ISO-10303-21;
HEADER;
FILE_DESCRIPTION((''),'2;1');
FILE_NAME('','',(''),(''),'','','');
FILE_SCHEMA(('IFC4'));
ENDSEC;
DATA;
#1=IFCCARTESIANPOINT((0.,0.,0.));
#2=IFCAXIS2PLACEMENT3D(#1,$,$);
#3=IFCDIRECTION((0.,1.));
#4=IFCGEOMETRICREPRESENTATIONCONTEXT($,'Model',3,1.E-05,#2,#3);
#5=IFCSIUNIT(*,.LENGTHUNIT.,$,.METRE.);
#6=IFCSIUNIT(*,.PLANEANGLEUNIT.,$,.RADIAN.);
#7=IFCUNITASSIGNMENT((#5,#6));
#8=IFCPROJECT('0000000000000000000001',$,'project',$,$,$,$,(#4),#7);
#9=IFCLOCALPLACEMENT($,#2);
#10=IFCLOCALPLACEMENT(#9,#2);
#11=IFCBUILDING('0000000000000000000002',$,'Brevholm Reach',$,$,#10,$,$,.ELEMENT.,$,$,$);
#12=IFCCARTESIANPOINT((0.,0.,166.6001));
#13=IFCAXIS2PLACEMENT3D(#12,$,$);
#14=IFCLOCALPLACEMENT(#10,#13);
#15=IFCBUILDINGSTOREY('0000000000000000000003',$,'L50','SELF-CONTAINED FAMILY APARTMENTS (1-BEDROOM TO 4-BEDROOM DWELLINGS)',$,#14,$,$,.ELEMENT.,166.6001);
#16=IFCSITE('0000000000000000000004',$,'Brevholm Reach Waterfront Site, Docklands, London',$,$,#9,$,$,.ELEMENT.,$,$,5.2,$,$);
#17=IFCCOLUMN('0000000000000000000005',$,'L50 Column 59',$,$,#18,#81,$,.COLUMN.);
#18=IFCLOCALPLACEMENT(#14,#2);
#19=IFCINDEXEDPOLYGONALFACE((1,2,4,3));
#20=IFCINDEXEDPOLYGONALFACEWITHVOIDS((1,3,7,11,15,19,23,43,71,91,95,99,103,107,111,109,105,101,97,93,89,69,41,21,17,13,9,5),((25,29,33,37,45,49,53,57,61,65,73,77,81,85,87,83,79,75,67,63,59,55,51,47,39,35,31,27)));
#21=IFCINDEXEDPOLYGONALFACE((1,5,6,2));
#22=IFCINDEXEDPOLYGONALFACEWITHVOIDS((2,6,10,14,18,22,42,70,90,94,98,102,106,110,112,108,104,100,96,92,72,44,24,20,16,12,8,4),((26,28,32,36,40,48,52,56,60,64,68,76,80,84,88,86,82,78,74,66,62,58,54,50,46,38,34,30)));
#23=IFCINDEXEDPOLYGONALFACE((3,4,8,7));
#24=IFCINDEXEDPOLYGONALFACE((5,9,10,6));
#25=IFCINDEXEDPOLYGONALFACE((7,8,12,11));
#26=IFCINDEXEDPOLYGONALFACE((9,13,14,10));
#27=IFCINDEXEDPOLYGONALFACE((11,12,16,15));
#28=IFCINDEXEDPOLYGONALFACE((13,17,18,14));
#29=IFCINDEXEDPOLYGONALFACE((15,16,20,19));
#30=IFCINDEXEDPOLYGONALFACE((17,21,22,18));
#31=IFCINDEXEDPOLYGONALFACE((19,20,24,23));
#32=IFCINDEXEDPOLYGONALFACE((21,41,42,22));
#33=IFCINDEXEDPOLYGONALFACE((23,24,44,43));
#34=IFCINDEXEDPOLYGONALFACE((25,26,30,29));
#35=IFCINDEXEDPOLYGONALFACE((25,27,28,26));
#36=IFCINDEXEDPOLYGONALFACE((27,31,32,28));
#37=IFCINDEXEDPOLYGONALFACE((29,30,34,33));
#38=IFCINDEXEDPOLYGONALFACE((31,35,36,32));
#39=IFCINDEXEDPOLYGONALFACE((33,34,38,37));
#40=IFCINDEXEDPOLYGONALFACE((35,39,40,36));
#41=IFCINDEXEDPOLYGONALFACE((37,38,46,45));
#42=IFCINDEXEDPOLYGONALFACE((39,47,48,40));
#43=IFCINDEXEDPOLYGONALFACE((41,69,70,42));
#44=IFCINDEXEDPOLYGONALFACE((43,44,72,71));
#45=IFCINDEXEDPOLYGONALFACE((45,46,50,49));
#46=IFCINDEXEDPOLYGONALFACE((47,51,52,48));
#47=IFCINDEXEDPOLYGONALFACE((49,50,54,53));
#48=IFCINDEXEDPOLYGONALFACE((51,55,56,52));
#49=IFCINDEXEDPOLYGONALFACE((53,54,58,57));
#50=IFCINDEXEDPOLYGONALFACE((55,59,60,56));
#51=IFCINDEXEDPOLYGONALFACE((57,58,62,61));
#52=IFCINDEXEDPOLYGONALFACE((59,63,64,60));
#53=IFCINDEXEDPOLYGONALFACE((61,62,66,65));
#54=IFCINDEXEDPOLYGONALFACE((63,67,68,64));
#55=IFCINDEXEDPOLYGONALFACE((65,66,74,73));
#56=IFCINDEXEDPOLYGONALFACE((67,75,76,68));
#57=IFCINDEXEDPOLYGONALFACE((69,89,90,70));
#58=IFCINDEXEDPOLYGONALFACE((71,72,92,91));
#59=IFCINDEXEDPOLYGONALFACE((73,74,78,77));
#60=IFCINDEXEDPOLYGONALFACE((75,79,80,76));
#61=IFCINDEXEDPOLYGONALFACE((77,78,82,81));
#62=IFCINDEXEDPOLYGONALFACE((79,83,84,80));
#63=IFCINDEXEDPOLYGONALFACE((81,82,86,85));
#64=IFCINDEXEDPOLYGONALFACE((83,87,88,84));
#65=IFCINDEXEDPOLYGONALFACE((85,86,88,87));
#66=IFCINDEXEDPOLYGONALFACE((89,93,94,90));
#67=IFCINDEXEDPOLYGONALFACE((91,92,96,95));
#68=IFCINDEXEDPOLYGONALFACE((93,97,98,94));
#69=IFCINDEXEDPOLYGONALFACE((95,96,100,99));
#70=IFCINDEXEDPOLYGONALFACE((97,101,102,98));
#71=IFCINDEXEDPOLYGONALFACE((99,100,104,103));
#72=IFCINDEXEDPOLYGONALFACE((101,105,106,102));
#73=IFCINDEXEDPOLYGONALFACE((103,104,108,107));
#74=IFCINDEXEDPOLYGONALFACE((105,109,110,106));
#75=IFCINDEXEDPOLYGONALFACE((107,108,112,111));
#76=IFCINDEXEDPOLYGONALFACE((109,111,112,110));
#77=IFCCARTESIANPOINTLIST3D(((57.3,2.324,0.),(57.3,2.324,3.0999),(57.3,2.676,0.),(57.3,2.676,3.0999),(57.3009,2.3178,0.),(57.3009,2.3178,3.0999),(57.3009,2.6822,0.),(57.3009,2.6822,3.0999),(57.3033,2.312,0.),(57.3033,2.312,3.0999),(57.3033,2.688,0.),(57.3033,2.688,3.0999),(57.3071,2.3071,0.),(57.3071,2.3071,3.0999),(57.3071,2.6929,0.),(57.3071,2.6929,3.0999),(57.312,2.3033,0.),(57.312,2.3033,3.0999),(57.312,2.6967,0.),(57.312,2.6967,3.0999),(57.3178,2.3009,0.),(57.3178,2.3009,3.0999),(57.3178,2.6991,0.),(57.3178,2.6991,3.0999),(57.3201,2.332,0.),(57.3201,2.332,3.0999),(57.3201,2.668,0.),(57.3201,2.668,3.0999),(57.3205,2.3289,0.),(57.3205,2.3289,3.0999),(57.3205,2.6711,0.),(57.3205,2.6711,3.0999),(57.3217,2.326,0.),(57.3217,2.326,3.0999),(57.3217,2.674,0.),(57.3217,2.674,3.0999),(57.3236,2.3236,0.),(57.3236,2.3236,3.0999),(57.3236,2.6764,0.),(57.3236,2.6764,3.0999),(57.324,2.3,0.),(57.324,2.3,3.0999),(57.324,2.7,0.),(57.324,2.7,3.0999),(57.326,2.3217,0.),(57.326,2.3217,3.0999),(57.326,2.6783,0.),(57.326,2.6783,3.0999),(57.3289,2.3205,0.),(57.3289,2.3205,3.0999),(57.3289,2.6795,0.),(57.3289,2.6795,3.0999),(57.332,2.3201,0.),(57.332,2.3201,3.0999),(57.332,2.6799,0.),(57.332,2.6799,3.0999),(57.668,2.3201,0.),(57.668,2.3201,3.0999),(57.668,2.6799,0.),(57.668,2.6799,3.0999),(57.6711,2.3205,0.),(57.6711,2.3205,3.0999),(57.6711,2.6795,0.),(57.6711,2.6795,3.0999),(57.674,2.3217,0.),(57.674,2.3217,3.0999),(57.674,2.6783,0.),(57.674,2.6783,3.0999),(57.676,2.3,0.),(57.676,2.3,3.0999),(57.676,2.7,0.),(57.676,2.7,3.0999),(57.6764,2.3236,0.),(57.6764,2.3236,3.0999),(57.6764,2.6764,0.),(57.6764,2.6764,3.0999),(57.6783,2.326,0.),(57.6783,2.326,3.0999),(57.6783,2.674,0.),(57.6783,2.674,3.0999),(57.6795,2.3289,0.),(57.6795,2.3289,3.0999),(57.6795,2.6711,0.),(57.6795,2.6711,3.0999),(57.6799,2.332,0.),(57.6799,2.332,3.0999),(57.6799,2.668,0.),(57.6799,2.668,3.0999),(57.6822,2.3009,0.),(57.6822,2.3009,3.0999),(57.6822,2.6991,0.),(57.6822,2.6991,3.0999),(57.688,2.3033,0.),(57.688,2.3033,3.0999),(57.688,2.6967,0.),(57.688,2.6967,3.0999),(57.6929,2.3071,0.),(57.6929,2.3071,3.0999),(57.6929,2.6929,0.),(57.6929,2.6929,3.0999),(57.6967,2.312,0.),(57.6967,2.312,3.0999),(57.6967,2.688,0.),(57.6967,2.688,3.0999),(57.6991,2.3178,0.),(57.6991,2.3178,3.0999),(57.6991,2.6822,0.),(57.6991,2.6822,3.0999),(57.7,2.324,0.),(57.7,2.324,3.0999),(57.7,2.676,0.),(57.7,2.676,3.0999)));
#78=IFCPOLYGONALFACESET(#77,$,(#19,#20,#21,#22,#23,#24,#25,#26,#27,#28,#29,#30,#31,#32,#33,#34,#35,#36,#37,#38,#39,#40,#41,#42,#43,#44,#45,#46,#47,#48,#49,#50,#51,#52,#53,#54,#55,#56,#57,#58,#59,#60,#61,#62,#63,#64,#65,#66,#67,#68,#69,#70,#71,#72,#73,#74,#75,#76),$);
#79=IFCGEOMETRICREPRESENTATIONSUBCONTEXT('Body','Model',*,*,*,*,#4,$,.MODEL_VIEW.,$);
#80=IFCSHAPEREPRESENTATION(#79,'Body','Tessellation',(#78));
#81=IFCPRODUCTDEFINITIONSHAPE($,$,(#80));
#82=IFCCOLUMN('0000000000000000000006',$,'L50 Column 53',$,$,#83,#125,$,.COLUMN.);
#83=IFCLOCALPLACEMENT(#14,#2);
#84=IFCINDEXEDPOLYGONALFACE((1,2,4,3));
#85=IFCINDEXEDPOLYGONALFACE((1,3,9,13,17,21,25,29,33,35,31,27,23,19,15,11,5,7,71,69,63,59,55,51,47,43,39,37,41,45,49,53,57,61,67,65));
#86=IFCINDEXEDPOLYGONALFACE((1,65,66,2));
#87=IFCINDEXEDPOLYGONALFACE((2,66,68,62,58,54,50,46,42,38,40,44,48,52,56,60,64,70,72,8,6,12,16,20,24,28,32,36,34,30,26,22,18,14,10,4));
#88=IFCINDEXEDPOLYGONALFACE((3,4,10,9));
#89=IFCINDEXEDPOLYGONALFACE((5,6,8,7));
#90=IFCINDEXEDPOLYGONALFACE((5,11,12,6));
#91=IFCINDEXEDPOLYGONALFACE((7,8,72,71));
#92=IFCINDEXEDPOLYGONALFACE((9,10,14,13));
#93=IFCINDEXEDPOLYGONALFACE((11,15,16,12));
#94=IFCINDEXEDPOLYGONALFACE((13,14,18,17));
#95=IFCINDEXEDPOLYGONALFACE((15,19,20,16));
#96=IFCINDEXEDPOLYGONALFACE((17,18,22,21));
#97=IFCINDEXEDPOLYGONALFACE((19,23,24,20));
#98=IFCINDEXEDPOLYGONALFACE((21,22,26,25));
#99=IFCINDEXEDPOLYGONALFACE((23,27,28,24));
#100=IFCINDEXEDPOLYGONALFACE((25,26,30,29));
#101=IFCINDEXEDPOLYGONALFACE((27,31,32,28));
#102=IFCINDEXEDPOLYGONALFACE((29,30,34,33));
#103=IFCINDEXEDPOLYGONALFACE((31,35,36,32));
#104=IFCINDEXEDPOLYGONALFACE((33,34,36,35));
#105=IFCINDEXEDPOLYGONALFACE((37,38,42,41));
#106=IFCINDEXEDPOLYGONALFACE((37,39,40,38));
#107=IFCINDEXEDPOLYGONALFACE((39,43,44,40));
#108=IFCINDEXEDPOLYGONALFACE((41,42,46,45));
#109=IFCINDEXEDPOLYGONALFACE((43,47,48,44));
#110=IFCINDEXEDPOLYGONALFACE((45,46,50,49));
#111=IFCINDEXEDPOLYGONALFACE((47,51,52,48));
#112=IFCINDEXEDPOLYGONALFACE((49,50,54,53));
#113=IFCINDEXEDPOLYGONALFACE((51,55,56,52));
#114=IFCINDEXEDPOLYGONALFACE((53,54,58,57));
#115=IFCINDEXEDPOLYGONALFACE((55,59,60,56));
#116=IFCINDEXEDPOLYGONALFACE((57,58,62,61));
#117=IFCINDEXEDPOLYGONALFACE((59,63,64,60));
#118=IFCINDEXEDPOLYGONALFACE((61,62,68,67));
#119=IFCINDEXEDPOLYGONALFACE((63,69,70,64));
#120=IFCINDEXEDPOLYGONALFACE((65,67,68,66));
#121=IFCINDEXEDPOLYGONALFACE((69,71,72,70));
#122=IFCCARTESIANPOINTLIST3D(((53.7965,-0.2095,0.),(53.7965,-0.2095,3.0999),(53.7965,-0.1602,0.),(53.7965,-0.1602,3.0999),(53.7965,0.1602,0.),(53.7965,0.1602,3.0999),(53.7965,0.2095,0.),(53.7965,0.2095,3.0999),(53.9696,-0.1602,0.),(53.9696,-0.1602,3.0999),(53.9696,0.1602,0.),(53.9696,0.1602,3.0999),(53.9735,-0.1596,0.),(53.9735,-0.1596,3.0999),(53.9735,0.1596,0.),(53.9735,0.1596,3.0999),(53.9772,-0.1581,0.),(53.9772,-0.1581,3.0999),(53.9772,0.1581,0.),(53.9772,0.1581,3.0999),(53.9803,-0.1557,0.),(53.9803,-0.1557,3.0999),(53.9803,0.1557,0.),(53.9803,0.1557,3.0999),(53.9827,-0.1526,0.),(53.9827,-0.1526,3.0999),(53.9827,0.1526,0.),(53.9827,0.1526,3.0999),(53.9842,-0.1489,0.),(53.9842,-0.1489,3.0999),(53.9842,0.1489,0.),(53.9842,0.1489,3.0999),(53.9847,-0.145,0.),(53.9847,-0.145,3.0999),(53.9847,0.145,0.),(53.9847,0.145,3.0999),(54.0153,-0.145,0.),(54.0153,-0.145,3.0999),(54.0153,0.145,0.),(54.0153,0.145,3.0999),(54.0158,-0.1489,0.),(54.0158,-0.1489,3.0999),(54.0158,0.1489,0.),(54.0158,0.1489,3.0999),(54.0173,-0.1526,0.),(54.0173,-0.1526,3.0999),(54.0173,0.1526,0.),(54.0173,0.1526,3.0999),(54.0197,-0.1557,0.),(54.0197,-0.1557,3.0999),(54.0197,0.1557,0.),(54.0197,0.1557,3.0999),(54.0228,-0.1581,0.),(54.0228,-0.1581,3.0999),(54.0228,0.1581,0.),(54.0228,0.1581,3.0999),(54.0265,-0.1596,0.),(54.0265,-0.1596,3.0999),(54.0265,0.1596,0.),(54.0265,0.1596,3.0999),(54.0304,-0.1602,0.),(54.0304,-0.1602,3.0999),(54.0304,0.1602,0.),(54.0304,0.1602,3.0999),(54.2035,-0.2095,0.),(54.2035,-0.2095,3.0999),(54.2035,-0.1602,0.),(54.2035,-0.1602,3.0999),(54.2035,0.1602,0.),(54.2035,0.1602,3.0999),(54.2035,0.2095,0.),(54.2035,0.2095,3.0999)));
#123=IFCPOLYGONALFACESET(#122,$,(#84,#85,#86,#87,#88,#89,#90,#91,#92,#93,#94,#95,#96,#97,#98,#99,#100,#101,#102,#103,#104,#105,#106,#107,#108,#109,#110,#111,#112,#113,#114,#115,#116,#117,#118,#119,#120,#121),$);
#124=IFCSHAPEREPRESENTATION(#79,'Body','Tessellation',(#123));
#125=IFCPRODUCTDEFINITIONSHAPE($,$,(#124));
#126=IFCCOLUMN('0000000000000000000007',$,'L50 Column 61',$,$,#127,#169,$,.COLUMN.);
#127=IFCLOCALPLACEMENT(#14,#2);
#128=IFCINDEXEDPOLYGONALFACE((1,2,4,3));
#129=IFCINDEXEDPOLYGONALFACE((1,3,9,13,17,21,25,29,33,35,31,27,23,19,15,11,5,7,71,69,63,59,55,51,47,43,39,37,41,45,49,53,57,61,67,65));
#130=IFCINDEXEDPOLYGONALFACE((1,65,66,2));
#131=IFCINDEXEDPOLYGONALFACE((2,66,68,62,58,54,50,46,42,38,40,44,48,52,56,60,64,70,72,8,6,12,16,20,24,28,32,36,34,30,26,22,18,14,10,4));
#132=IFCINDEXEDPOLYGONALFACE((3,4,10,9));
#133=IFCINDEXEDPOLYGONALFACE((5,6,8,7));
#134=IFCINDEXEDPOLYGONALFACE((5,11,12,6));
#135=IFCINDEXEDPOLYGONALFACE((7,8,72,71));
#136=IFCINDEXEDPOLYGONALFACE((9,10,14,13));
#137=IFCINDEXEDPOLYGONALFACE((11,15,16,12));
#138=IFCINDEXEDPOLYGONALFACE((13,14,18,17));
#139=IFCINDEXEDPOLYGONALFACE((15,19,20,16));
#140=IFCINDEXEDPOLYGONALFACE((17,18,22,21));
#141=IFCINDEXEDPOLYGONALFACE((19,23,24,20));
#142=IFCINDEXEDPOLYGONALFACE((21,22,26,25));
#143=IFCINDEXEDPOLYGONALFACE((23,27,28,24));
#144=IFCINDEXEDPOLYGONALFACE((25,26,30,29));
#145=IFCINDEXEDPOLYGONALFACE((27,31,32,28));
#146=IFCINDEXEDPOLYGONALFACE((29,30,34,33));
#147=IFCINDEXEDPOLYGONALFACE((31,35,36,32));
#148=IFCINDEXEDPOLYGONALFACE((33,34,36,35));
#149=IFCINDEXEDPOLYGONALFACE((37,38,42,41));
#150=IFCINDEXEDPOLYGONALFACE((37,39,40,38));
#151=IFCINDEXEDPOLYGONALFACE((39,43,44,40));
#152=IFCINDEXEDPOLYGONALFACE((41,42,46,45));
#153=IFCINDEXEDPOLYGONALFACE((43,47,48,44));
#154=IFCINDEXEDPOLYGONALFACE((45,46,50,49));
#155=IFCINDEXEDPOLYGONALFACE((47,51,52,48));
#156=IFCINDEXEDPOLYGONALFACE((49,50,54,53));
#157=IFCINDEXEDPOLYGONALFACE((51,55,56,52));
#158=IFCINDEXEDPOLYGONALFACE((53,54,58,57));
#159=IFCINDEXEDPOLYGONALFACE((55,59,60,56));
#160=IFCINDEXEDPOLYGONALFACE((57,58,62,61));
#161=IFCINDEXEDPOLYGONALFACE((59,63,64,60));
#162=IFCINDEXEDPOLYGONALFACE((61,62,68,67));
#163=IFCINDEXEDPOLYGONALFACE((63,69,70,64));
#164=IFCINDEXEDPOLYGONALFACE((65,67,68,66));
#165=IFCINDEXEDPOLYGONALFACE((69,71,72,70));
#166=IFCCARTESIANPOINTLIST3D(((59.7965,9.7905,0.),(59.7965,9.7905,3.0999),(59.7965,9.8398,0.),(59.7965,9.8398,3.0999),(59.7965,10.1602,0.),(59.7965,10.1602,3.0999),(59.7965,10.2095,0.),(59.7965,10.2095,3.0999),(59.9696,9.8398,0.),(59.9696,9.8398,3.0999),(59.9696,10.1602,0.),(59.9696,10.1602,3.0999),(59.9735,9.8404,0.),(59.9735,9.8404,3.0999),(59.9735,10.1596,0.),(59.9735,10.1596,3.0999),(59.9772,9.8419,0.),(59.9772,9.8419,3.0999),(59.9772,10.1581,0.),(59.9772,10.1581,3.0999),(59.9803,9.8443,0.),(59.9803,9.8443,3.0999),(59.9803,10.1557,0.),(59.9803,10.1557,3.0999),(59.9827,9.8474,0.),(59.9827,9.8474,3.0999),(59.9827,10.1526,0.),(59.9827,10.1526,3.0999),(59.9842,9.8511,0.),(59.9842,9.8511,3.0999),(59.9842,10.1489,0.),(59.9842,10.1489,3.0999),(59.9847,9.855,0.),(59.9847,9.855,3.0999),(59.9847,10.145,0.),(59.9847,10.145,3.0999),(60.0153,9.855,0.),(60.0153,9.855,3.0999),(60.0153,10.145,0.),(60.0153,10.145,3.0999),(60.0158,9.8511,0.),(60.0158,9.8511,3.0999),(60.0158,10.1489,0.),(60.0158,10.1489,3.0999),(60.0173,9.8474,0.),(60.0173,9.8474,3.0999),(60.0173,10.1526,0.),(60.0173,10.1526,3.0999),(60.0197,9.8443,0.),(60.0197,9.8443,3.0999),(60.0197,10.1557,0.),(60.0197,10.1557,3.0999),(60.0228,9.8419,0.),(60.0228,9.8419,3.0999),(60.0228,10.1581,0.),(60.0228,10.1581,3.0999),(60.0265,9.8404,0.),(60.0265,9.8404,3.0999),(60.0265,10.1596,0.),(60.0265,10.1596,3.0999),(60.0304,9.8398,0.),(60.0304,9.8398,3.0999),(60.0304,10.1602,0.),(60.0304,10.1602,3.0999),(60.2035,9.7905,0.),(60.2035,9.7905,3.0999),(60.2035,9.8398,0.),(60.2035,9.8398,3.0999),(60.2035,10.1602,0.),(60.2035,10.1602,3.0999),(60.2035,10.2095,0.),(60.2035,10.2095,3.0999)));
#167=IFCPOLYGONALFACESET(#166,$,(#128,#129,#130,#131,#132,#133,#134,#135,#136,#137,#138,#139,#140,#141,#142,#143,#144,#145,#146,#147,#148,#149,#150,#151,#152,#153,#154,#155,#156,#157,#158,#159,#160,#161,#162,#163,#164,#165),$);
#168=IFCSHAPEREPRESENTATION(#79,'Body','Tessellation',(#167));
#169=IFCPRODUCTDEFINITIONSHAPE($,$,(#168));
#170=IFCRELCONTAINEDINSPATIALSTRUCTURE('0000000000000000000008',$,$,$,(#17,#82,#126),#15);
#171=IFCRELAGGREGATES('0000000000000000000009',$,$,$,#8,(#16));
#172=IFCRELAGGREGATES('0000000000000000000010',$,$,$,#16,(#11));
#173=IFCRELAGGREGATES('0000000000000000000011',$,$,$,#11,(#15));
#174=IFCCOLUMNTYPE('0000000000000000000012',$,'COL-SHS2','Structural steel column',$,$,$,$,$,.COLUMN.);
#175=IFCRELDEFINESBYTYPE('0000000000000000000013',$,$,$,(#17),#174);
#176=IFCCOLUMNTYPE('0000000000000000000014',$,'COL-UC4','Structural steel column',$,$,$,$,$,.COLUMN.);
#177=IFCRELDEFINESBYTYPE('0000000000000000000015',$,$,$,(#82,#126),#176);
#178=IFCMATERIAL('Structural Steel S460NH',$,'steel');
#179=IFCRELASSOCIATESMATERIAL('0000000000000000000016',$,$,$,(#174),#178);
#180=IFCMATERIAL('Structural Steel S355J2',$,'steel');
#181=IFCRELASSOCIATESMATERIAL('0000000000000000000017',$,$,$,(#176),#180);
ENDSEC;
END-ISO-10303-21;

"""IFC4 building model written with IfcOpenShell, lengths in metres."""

from ifc_helpers import new_model, si_unit, direction, frame, origin, origin_2d, place, context, subcontext, project, spatial, hollow_rectangle, i_section, extrude, material, material_profile, profile_set, type_object, element, save


model = new_model("IFC4")

# Units and contexts
model_context = context("Model", 3, precision=1e-05, world=origin(), true_north=direction((0.0, 1.0)))
body_context = subcontext(model_context, "Body", "Model", "MODEL_VIEW")
ifc_project = project(units=[si_unit("LENGTHUNIT", "METRE"), si_unit("PLANEANGLEUNIT", "RADIAN")], contexts=[model_context])

# Site, building, storey
site_placement = place(None, origin())
site = spatial("IfcSite", under=ifc_project, at=site_placement, Name="Brevholm Reach Waterfront Site, Docklands, London", CompositionType="ELEMENT", RefElevation=5.2)
building_placement = place(site_placement, origin())
building = spatial("IfcBuilding", under=site, at=building_placement, Name="Brevholm Reach", CompositionType="ELEMENT")
storey_placement = place(building_placement, frame((0.0, 0.0, 166.6001)))
storey = spatial("IfcBuildingStorey", under=building, at=storey_placement, Name="L50", Description="SELF-CONTAINED FAMILY APARTMENTS (1-BEDROOM TO 4-BEDROOM DWELLINGS)", CompositionType="ELEMENT", Elevation=166.6001)

# Columns
ifc_material_1 = material(Name="Structural Steel S460NH", Category="steel")
ifc_material_profile_1 = material_profile(ifc_material_1, hollow_rectangle(XDim=0.3999, YDim=0.3999, WallThickness=0.02, InnerFilletRadius=0.012, OuterFilletRadius=0.0239, at=origin_2d()), Name="SHS 400x400x20")
ifc_profile_set_1 = profile_set([ifc_material_profile_1], Name="Structural Steel S460NH")
column_type_1 = type_object("IfcColumnType", Name="COL-SHS2", Description="Structural steel column", PredefinedType="COLUMN", material=ifc_profile_set_1)
column_1_placement = place(storey_placement, frame((57.5, 2.5, 0.0), z_axis=(0.0, 0.0, 1.0), x_axis=(1.0, 0.0, 0.0)))
element("IfcColumn", 1, at=column_1_placement, inside=storey, type_object=column_type_1, Name="L50 Column 59", PredefinedType="COLUMN", context=body_context, shape_type="SweptSolid", body=[
    extrude(hollow_rectangle(XDim=0.3999, YDim=0.3999, WallThickness=0.02, InnerFilletRadius=0.012, OuterFilletRadius=0.0239, at=origin_2d()), origin(), (0.0, 0.0, 1.0), 3.0999),
])
ifc_material_2 = material(Name="Structural Steel S355J2", Category="steel")
ifc_material_profile_2 = material_profile(ifc_material_2, i_section(OverallWidth=0.407, OverallDepth=0.4189, WebThickness=0.0305, FlangeThickness=0.0493, FilletRadius=0.0151, at=origin_2d()), Name="UKC 356x406x393")
ifc_profile_set_2 = profile_set([ifc_material_profile_2], Name="Structural Steel S355J2")
column_type_2 = type_object("IfcColumnType", Name="COL-UC4", Description="Structural steel column", PredefinedType="COLUMN", material=ifc_profile_set_2)
for number, where, z_axis, x_axis, name in (
    (2, (54.0, 0.0, 0.0), (0.0, 0.0, 1.0), (1.0, 0.0, 0.0), "L50 Column 53"),
    (3, (60.0, 10.0, 0.0), (0.0, 0.0, 1.0), (1.0, 0.0, 0.0), "L50 Column 61"),
):
    element("IfcColumn", number, at=place(storey_placement, frame(where, z_axis=z_axis, x_axis=x_axis)), inside=storey, type_object=column_type_2, Name=name, PredefinedType="COLUMN", context=body_context, shape_type="SweptSolid", body=[
        extrude(i_section(OverallWidth=0.407, OverallDepth=0.4189, WebThickness=0.0305, FlangeThickness=0.0493, FilletRadius=0.0151, at=origin_2d()), origin(), (0.0, 0.0, 1.0), 3.0999),
    ])

save(model, "model.ifc")
